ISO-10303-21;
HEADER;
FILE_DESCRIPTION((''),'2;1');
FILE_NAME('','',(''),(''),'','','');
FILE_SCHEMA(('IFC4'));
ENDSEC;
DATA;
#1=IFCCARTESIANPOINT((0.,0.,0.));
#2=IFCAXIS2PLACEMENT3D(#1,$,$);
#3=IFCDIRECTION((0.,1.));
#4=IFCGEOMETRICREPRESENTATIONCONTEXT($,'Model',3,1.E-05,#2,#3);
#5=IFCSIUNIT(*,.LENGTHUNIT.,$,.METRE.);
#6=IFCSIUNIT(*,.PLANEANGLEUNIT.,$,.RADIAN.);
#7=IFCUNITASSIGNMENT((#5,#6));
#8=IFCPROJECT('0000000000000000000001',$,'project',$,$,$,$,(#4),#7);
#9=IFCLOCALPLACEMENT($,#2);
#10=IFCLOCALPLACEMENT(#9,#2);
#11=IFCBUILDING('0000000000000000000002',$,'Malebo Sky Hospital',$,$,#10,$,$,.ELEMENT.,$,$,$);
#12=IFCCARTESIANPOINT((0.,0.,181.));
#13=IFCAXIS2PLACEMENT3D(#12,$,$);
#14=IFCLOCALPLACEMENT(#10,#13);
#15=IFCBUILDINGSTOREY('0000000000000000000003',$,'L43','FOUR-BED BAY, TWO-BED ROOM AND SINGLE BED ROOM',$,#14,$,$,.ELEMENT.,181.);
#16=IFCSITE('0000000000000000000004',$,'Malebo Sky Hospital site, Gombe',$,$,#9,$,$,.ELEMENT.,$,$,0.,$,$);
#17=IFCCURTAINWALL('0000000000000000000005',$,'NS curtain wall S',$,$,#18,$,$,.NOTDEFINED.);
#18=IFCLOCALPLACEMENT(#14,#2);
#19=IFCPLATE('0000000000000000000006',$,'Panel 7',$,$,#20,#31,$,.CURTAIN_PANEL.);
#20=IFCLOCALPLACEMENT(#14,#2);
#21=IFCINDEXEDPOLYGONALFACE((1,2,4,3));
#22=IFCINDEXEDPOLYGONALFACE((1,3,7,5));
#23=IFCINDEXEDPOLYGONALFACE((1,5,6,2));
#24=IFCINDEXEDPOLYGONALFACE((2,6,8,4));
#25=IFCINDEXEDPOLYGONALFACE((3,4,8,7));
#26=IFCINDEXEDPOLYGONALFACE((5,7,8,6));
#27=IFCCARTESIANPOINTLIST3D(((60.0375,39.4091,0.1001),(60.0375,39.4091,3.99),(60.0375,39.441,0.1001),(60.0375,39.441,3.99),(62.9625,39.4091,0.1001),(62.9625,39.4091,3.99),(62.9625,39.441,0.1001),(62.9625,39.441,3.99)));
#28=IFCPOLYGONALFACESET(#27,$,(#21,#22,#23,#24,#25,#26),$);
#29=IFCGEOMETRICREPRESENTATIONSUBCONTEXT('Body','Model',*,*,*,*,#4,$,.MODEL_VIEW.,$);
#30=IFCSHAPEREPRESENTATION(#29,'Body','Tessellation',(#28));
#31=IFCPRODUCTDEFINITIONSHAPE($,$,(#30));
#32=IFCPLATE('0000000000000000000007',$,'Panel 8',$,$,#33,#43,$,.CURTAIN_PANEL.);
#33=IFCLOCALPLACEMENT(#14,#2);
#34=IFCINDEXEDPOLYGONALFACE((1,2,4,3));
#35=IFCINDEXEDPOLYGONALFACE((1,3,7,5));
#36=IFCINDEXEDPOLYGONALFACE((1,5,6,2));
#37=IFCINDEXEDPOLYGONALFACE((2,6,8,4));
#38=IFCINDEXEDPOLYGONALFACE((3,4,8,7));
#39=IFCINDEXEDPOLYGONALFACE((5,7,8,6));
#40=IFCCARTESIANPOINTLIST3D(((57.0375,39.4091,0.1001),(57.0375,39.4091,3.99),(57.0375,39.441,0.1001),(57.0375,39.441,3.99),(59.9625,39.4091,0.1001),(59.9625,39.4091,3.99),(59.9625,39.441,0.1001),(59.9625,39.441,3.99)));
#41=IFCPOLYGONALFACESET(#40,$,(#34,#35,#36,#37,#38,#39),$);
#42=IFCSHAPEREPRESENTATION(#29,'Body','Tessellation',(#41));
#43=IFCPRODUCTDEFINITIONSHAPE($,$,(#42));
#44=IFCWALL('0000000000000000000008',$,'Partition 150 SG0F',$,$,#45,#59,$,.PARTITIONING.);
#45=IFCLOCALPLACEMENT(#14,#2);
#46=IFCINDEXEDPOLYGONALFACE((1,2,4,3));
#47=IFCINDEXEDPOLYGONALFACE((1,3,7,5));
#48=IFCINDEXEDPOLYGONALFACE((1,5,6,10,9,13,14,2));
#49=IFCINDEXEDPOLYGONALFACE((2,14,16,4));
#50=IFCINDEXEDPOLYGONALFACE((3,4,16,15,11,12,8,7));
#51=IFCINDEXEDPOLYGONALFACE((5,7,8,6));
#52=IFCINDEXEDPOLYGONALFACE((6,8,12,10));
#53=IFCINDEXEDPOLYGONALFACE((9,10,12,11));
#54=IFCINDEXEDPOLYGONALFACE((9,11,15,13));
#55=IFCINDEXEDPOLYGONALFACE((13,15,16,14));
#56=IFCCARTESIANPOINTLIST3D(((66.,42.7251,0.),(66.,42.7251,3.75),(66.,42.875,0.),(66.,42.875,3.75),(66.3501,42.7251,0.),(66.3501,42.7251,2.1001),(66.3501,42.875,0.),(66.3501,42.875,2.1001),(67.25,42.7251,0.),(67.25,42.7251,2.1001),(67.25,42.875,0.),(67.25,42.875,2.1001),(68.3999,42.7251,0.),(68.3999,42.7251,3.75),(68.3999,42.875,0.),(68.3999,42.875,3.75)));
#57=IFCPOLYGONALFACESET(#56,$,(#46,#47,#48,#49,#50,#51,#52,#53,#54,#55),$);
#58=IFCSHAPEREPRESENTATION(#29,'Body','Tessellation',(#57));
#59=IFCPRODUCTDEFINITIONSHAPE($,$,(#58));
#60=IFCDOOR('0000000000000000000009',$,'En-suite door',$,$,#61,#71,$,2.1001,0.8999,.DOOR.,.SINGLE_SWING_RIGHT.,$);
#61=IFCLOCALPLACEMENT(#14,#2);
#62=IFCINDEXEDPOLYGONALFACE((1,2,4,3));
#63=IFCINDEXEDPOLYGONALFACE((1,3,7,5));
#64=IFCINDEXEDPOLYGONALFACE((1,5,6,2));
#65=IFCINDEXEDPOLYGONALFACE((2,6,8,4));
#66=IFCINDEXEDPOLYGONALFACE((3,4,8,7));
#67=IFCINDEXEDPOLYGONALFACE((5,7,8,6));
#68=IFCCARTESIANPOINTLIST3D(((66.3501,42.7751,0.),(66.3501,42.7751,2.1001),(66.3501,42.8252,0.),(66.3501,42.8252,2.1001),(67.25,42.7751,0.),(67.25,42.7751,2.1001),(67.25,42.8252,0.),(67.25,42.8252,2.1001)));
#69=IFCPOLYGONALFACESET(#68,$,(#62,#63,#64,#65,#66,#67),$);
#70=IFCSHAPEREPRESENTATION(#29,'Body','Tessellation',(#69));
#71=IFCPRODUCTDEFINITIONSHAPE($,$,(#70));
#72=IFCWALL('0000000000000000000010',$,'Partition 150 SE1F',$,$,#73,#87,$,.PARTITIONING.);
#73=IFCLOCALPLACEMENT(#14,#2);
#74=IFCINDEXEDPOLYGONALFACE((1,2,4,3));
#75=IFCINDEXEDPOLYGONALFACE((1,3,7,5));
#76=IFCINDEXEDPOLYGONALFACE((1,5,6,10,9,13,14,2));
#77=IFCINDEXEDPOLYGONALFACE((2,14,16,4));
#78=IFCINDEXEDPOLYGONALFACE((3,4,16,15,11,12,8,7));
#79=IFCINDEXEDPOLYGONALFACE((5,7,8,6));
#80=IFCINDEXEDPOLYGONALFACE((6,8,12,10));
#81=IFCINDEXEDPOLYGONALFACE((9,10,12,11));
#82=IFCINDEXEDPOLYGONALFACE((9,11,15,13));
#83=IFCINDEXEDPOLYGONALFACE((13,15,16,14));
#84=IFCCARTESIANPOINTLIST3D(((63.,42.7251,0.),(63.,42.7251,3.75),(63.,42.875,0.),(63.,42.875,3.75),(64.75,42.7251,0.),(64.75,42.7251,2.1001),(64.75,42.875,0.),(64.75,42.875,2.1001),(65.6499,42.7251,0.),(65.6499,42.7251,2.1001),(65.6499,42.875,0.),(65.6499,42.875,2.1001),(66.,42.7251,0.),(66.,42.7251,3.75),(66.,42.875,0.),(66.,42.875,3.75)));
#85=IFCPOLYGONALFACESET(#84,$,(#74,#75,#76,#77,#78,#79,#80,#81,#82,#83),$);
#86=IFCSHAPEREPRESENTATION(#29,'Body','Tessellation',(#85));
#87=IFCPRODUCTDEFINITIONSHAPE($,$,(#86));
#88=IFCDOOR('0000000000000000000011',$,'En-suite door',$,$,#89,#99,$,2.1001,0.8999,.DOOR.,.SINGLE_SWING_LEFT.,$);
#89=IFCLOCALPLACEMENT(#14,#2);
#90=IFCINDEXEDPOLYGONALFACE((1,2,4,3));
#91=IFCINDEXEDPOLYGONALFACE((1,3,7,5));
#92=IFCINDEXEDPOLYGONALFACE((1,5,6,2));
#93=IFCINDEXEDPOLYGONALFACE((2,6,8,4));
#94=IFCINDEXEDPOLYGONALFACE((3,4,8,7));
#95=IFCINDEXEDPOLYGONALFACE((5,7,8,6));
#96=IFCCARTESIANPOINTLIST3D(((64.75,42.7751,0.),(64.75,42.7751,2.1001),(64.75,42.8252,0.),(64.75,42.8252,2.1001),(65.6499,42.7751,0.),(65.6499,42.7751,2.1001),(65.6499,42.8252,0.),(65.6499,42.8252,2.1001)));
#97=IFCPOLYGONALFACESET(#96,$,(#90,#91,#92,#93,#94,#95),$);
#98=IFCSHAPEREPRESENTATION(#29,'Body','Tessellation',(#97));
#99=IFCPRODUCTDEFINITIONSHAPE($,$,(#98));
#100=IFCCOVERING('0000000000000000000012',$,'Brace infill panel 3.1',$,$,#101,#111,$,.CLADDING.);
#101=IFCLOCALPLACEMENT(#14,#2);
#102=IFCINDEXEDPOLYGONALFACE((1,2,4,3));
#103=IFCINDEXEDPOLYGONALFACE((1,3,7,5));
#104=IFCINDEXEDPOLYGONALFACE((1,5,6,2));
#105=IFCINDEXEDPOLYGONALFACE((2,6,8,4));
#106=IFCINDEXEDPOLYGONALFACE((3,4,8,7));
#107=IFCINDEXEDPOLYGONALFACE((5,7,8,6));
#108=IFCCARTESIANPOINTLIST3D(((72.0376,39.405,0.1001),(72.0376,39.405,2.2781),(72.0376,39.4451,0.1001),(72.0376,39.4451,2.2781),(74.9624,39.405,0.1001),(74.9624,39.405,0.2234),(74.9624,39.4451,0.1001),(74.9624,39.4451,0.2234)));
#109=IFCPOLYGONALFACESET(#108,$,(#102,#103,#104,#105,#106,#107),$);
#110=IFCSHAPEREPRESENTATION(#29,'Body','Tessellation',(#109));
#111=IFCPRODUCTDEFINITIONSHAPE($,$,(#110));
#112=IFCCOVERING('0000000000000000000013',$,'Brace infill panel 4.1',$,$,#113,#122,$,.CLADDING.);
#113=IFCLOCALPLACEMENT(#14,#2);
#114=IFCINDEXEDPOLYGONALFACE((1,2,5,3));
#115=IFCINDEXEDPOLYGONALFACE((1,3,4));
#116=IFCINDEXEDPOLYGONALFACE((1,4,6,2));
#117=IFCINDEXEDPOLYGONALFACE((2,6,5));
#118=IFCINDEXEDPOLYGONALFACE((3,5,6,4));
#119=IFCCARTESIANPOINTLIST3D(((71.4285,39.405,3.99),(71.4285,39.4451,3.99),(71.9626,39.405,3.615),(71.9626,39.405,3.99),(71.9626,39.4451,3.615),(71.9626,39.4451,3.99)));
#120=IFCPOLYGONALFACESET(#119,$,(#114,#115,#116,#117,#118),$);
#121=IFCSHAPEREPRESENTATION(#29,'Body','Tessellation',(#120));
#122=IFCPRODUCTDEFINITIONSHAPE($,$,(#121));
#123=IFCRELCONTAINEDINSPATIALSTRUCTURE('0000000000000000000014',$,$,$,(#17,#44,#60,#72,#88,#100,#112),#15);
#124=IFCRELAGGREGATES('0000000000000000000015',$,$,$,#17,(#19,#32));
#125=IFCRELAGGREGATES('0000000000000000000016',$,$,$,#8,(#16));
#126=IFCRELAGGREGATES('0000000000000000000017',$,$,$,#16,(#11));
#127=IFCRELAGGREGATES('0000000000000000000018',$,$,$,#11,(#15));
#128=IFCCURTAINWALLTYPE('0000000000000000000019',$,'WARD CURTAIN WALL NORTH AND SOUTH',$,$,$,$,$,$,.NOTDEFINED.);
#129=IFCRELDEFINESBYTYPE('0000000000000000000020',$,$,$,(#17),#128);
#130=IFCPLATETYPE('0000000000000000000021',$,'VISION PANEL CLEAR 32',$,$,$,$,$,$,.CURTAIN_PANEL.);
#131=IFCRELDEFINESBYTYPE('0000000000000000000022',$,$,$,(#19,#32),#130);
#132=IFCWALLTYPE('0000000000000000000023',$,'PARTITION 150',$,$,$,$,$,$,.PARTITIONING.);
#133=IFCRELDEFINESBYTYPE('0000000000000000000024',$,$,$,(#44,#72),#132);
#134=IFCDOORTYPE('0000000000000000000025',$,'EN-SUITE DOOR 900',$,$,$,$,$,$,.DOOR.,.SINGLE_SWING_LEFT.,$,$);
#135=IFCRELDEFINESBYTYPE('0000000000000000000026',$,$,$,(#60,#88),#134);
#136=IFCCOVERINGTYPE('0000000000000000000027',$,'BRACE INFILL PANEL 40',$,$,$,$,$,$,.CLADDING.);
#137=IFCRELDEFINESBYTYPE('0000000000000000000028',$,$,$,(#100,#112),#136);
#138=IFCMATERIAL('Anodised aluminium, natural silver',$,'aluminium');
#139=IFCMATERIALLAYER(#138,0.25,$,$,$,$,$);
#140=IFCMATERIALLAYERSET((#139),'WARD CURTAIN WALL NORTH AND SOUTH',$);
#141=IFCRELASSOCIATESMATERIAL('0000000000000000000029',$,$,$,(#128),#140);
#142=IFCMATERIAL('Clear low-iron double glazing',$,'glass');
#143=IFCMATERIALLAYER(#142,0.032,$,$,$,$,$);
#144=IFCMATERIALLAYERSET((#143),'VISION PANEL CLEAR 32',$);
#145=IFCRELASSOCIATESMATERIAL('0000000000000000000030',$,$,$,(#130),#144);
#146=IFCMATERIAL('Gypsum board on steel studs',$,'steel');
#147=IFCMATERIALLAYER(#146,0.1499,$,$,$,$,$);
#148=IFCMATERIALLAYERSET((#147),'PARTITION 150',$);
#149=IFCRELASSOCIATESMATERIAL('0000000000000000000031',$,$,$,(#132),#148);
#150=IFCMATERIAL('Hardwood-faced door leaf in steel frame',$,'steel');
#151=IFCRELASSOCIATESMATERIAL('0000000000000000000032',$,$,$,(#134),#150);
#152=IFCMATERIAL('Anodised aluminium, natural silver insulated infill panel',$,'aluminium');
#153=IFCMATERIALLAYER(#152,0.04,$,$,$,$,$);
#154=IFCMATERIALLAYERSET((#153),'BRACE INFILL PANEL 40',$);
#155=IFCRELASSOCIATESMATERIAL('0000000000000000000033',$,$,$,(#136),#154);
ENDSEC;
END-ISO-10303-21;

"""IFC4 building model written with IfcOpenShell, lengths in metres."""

from ifc_helpers import new_model, si_unit, direction, frame, frame_2d, origin, origin_2d, place, context, subcontext, project, spatial, polyline, rectangle, outline, extrude, material, layer, layer_set, type_object, element, fill, aggregate, save


model = new_model("IFC4")

# Units and contexts
model_context = context("Model", 3, precision=1e-05, world=origin(), true_north=direction((0.0, 1.0)))
body_context = subcontext(model_context, "Body", "Model", "MODEL_VIEW")
ifc_project = project(units=[si_unit("LENGTHUNIT", "METRE"), si_unit("PLANEANGLEUNIT", "RADIAN")], contexts=[model_context])

# Site, building, storey
site_placement = place(None, origin())
site = spatial("IfcSite", under=ifc_project, at=site_placement, Name="Malebo Sky Hospital site, Gombe", CompositionType="ELEMENT", RefElevation=0.0)
building_placement = place(site_placement, origin())
building = spatial("IfcBuilding", under=site, at=building_placement, Name="Malebo Sky Hospital", CompositionType="ELEMENT")
storey_placement = place(building_placement, frame((0.0, 0.0, 181.0)))
storey = spatial("IfcBuildingStorey", under=building, at=storey_placement, Name="L43", Description="FOUR-BED BAY, TWO-BED ROOM AND SINGLE BED ROOM", CompositionType="ELEMENT", Elevation=181.0)

# Curtain wall
ifc_material_1 = material(Name="Anodised aluminium, natural silver", Category="aluminium")
ifc_layer_1 = layer(ifc_material_1, 0.25)
ifc_layer_set_1 = layer_set([ifc_layer_1], Name="WARD CURTAIN WALL NORTH AND SOUTH")
curtain_wall_type = type_object("IfcCurtainWallType", Name="WARD CURTAIN WALL NORTH AND SOUTH", PredefinedType="NOTDEFINED", material=ifc_layer_set_1)
curtain_wall_placement = place(storey_placement, origin())
curtain_wall = element("IfcCurtainWall", 1, at=curtain_wall_placement, inside=storey, type_object=curtain_wall_type, Name="NS curtain wall S", PredefinedType="NOTDEFINED")

# Plates
ifc_material_2 = material(Name="Clear low-iron double glazing", Category="glass")
ifc_layer_2 = layer(ifc_material_2, 0.032)
ifc_layer_set_2 = layer_set([ifc_layer_2], Name="VISION PANEL CLEAR 32")
plate_type = type_object("IfcPlateType", Name="VISION PANEL CLEAR 32", PredefinedType="CURTAIN_PANEL", material=ifc_layer_set_2)
plate_1_placement = place(storey_placement, frame((61.5, 39.425, 0.1001), z_axis=(0.0, 0.0, 1.0), x_axis=(-1.0, 0.0, 0.0)))
plate_1 = element("IfcPlate", 2, at=plate_1_placement, type_object=plate_type, Name="Panel 7", PredefinedType="CURTAIN_PANEL", context=body_context, shape_type="SweptSolid", body=[
    extrude(rectangle(XDim=2.925, YDim=0.032, at=origin_2d()), origin(), (0.0, 0.0, 1.0), 3.8899),
])
plate_2_placement = place(storey_placement, frame((58.5, 39.425, 0.1001), z_axis=(0.0, 0.0, 1.0), x_axis=(-1.0, 0.0, 0.0)))
plate_2 = element("IfcPlate", 3, at=plate_2_placement, type_object=plate_type, Name="Panel 8", PredefinedType="CURTAIN_PANEL", context=body_context, shape_type="SweptSolid", body=[
    extrude(rectangle(XDim=2.925, YDim=0.032, at=origin_2d()), origin(), (0.0, 0.0, 1.0), 3.8899),
])
aggregate(curtain_wall, [plate_1, plate_2])

# Walls, openings, doors
ifc_material_3 = material(Name="Gypsum board on steel studs", Category="steel")
ifc_layer_3 = layer(ifc_material_3, 0.1499)
ifc_layer_set_3 = layer_set([ifc_layer_3], Name="PARTITION 150")
wall_type = type_object("IfcWallType", Name="PARTITION 150", PredefinedType="PARTITIONING", material=ifc_layer_set_3)
wall_1_placement = place(storey_placement, frame((68.3999, 42.8, 0.0), z_axis=(0.0, 0.0, 1.0), x_axis=(-1.0, 0.0, 0.0)))
wall_1 = element("IfcWall", 4, at=wall_1_placement, inside=storey, type_object=wall_type, Name="Partition 150 SG0F", PredefinedType="PARTITIONING", context=body_context, shape_type="SweptSolid", body=[
    extrude(rectangle(XDim=2.3999, YDim=0.1499, at=frame_2d((1.2, 0.0))), origin(), (0.0, 0.0, 1.0), 3.75),
])
opening_1_placement = place(wall_1_placement, frame((1.1499, 0.0, 0.0)))
opening_1 = element("IfcOpeningElement", 5, at=opening_1_placement, cuts=wall_1, PredefinedType="OPENING", context=body_context, shape_type="SweptSolid", body=[
    extrude(rectangle(XDim=0.8999, YDim=2.1001, at=frame_2d((0.45, 1.05))), frame((0.0, 0.085, 0.0), z_axis=(0.0, -1.0, 0.0), x_axis=(1.0, 0.0, 0.0)), (0.0, 0.0, 1.0), 0.1699),
])
ifc_material_4 = material(Name="Hardwood-faced door leaf in steel frame", Category="steel")
door_type = type_object("IfcDoorType", Name="EN-SUITE DOOR 900", OperationType="SINGLE_SWING_LEFT", PredefinedType="DOOR", material=ifc_material_4)
door_1_placement = place(opening_1_placement, origin())
door_1 = element("IfcDoor", 6, at=door_1_placement, inside=storey, type_object=door_type, Name="En-suite door", OperationType="SINGLE_SWING_RIGHT", OverallHeight=2.1001, OverallWidth=0.8999, PredefinedType="DOOR", context=body_context, shape_type="SweptSolid", body=[
    extrude(rectangle(XDim=0.8999, YDim=2.1001, at=frame_2d((0.45, 1.05))), frame((0.0, 0.0249, 0.0), z_axis=(0.0, -1.0, 0.0), x_axis=(1.0, 0.0, 0.0)), (0.0, 0.0, 1.0), 0.05),
])
fill(opening_1, door_1)
wall_2_placement = place(storey_placement, frame((66.0, 42.8, 0.0), z_axis=(0.0, 0.0, 1.0), x_axis=(-1.0, 0.0, 0.0)))
wall_2 = element("IfcWall", 7, at=wall_2_placement, inside=storey, type_object=wall_type, Name="Partition 150 SE1F", PredefinedType="PARTITIONING", context=body_context, shape_type="SweptSolid", body=[
    extrude(rectangle(XDim=3.0, YDim=0.1499, at=frame_2d((1.5, 0.0))), origin(), (0.0, 0.0, 1.0), 3.75),
])
opening_2_placement = place(wall_2_placement, frame((0.3501, 0.0, 0.0)))
opening_2 = element("IfcOpeningElement", 8, at=opening_2_placement, cuts=wall_2, PredefinedType="OPENING", context=body_context, shape_type="SweptSolid", body=[
    extrude(rectangle(XDim=0.8999, YDim=2.1001, at=frame_2d((0.45, 1.05))), frame((0.0, 0.085, 0.0), z_axis=(0.0, -1.0, 0.0), x_axis=(1.0, 0.0, 0.0)), (0.0, 0.0, 1.0), 0.1699),
])
door_2_placement = place(opening_2_placement, origin())
door_2 = element("IfcDoor", 9, at=door_2_placement, inside=storey, type_object=door_type, Name="En-suite door", OperationType="SINGLE_SWING_LEFT", OverallHeight=2.1001, OverallWidth=0.8999, PredefinedType="DOOR", context=body_context, shape_type="SweptSolid", body=[
    extrude(rectangle(XDim=0.8999, YDim=2.1001, at=frame_2d((0.45, 1.05))), frame((0.0, 0.0249, 0.0), z_axis=(0.0, -1.0, 0.0), x_axis=(1.0, 0.0, 0.0)), (0.0, 0.0, 1.0), 0.05),
])
fill(opening_2, door_2)

# Coverings
ifc_material_5 = material(Name="Anodised aluminium, natural silver insulated infill panel", Category="aluminium")
ifc_layer_4 = layer(ifc_material_5, 0.04)
ifc_layer_set_4 = layer_set([ifc_layer_4], Name="BRACE INFILL PANEL 40")
covering_type = type_object("IfcCoveringType", Name="BRACE INFILL PANEL 40", PredefinedType="CLADDING", material=ifc_layer_set_4)
covering_1_placement = place(storey_placement, frame((73.5, 39.425, 0.1001), z_axis=(0.0, 0.0, 1.0), x_axis=(-1.0, 0.0, 0.0)))
element("IfcCovering", 10, at=covering_1_placement, inside=storey, type_object=covering_type, Name="Brace infill panel 3.1", PredefinedType="CLADDING", context=body_context, shape_type="SweptSolid", body=[
    extrude(outline(polyline([(-1.4624, 0.0), (1.4624, 0.0), (1.4624, 2.178), (-1.4624, 0.1233), (-1.4624, 0.0)])), frame((0.0, 0.02, 0.0), z_axis=(0.0, -1.0, 0.0), x_axis=(1.0, 0.0, 0.0)), (0.0, 0.0, 1.0), 0.04),
])
covering_2_placement = place(storey_placement, frame((71.6956, 39.425, 3.615), z_axis=(0.0, 0.0, 1.0), x_axis=(-1.0, 0.0, 0.0)))
element("IfcCovering", 11, at=covering_2_placement, inside=storey, type_object=covering_type, Name="Brace infill panel 4.1", PredefinedType="CLADDING", context=body_context, shape_type="SweptSolid", body=[
    extrude(outline(polyline([(-0.2671, 0.0), (0.2671, 0.375), (-0.2671, 0.375), (-0.2671, 0.0)])), frame((0.0, 0.02, 0.0), z_axis=(0.0, -1.0, 0.0), x_axis=(1.0, 0.0, 0.0)), (0.0, 0.0, 1.0), 0.04),
])

save(model, "model.ifc")
